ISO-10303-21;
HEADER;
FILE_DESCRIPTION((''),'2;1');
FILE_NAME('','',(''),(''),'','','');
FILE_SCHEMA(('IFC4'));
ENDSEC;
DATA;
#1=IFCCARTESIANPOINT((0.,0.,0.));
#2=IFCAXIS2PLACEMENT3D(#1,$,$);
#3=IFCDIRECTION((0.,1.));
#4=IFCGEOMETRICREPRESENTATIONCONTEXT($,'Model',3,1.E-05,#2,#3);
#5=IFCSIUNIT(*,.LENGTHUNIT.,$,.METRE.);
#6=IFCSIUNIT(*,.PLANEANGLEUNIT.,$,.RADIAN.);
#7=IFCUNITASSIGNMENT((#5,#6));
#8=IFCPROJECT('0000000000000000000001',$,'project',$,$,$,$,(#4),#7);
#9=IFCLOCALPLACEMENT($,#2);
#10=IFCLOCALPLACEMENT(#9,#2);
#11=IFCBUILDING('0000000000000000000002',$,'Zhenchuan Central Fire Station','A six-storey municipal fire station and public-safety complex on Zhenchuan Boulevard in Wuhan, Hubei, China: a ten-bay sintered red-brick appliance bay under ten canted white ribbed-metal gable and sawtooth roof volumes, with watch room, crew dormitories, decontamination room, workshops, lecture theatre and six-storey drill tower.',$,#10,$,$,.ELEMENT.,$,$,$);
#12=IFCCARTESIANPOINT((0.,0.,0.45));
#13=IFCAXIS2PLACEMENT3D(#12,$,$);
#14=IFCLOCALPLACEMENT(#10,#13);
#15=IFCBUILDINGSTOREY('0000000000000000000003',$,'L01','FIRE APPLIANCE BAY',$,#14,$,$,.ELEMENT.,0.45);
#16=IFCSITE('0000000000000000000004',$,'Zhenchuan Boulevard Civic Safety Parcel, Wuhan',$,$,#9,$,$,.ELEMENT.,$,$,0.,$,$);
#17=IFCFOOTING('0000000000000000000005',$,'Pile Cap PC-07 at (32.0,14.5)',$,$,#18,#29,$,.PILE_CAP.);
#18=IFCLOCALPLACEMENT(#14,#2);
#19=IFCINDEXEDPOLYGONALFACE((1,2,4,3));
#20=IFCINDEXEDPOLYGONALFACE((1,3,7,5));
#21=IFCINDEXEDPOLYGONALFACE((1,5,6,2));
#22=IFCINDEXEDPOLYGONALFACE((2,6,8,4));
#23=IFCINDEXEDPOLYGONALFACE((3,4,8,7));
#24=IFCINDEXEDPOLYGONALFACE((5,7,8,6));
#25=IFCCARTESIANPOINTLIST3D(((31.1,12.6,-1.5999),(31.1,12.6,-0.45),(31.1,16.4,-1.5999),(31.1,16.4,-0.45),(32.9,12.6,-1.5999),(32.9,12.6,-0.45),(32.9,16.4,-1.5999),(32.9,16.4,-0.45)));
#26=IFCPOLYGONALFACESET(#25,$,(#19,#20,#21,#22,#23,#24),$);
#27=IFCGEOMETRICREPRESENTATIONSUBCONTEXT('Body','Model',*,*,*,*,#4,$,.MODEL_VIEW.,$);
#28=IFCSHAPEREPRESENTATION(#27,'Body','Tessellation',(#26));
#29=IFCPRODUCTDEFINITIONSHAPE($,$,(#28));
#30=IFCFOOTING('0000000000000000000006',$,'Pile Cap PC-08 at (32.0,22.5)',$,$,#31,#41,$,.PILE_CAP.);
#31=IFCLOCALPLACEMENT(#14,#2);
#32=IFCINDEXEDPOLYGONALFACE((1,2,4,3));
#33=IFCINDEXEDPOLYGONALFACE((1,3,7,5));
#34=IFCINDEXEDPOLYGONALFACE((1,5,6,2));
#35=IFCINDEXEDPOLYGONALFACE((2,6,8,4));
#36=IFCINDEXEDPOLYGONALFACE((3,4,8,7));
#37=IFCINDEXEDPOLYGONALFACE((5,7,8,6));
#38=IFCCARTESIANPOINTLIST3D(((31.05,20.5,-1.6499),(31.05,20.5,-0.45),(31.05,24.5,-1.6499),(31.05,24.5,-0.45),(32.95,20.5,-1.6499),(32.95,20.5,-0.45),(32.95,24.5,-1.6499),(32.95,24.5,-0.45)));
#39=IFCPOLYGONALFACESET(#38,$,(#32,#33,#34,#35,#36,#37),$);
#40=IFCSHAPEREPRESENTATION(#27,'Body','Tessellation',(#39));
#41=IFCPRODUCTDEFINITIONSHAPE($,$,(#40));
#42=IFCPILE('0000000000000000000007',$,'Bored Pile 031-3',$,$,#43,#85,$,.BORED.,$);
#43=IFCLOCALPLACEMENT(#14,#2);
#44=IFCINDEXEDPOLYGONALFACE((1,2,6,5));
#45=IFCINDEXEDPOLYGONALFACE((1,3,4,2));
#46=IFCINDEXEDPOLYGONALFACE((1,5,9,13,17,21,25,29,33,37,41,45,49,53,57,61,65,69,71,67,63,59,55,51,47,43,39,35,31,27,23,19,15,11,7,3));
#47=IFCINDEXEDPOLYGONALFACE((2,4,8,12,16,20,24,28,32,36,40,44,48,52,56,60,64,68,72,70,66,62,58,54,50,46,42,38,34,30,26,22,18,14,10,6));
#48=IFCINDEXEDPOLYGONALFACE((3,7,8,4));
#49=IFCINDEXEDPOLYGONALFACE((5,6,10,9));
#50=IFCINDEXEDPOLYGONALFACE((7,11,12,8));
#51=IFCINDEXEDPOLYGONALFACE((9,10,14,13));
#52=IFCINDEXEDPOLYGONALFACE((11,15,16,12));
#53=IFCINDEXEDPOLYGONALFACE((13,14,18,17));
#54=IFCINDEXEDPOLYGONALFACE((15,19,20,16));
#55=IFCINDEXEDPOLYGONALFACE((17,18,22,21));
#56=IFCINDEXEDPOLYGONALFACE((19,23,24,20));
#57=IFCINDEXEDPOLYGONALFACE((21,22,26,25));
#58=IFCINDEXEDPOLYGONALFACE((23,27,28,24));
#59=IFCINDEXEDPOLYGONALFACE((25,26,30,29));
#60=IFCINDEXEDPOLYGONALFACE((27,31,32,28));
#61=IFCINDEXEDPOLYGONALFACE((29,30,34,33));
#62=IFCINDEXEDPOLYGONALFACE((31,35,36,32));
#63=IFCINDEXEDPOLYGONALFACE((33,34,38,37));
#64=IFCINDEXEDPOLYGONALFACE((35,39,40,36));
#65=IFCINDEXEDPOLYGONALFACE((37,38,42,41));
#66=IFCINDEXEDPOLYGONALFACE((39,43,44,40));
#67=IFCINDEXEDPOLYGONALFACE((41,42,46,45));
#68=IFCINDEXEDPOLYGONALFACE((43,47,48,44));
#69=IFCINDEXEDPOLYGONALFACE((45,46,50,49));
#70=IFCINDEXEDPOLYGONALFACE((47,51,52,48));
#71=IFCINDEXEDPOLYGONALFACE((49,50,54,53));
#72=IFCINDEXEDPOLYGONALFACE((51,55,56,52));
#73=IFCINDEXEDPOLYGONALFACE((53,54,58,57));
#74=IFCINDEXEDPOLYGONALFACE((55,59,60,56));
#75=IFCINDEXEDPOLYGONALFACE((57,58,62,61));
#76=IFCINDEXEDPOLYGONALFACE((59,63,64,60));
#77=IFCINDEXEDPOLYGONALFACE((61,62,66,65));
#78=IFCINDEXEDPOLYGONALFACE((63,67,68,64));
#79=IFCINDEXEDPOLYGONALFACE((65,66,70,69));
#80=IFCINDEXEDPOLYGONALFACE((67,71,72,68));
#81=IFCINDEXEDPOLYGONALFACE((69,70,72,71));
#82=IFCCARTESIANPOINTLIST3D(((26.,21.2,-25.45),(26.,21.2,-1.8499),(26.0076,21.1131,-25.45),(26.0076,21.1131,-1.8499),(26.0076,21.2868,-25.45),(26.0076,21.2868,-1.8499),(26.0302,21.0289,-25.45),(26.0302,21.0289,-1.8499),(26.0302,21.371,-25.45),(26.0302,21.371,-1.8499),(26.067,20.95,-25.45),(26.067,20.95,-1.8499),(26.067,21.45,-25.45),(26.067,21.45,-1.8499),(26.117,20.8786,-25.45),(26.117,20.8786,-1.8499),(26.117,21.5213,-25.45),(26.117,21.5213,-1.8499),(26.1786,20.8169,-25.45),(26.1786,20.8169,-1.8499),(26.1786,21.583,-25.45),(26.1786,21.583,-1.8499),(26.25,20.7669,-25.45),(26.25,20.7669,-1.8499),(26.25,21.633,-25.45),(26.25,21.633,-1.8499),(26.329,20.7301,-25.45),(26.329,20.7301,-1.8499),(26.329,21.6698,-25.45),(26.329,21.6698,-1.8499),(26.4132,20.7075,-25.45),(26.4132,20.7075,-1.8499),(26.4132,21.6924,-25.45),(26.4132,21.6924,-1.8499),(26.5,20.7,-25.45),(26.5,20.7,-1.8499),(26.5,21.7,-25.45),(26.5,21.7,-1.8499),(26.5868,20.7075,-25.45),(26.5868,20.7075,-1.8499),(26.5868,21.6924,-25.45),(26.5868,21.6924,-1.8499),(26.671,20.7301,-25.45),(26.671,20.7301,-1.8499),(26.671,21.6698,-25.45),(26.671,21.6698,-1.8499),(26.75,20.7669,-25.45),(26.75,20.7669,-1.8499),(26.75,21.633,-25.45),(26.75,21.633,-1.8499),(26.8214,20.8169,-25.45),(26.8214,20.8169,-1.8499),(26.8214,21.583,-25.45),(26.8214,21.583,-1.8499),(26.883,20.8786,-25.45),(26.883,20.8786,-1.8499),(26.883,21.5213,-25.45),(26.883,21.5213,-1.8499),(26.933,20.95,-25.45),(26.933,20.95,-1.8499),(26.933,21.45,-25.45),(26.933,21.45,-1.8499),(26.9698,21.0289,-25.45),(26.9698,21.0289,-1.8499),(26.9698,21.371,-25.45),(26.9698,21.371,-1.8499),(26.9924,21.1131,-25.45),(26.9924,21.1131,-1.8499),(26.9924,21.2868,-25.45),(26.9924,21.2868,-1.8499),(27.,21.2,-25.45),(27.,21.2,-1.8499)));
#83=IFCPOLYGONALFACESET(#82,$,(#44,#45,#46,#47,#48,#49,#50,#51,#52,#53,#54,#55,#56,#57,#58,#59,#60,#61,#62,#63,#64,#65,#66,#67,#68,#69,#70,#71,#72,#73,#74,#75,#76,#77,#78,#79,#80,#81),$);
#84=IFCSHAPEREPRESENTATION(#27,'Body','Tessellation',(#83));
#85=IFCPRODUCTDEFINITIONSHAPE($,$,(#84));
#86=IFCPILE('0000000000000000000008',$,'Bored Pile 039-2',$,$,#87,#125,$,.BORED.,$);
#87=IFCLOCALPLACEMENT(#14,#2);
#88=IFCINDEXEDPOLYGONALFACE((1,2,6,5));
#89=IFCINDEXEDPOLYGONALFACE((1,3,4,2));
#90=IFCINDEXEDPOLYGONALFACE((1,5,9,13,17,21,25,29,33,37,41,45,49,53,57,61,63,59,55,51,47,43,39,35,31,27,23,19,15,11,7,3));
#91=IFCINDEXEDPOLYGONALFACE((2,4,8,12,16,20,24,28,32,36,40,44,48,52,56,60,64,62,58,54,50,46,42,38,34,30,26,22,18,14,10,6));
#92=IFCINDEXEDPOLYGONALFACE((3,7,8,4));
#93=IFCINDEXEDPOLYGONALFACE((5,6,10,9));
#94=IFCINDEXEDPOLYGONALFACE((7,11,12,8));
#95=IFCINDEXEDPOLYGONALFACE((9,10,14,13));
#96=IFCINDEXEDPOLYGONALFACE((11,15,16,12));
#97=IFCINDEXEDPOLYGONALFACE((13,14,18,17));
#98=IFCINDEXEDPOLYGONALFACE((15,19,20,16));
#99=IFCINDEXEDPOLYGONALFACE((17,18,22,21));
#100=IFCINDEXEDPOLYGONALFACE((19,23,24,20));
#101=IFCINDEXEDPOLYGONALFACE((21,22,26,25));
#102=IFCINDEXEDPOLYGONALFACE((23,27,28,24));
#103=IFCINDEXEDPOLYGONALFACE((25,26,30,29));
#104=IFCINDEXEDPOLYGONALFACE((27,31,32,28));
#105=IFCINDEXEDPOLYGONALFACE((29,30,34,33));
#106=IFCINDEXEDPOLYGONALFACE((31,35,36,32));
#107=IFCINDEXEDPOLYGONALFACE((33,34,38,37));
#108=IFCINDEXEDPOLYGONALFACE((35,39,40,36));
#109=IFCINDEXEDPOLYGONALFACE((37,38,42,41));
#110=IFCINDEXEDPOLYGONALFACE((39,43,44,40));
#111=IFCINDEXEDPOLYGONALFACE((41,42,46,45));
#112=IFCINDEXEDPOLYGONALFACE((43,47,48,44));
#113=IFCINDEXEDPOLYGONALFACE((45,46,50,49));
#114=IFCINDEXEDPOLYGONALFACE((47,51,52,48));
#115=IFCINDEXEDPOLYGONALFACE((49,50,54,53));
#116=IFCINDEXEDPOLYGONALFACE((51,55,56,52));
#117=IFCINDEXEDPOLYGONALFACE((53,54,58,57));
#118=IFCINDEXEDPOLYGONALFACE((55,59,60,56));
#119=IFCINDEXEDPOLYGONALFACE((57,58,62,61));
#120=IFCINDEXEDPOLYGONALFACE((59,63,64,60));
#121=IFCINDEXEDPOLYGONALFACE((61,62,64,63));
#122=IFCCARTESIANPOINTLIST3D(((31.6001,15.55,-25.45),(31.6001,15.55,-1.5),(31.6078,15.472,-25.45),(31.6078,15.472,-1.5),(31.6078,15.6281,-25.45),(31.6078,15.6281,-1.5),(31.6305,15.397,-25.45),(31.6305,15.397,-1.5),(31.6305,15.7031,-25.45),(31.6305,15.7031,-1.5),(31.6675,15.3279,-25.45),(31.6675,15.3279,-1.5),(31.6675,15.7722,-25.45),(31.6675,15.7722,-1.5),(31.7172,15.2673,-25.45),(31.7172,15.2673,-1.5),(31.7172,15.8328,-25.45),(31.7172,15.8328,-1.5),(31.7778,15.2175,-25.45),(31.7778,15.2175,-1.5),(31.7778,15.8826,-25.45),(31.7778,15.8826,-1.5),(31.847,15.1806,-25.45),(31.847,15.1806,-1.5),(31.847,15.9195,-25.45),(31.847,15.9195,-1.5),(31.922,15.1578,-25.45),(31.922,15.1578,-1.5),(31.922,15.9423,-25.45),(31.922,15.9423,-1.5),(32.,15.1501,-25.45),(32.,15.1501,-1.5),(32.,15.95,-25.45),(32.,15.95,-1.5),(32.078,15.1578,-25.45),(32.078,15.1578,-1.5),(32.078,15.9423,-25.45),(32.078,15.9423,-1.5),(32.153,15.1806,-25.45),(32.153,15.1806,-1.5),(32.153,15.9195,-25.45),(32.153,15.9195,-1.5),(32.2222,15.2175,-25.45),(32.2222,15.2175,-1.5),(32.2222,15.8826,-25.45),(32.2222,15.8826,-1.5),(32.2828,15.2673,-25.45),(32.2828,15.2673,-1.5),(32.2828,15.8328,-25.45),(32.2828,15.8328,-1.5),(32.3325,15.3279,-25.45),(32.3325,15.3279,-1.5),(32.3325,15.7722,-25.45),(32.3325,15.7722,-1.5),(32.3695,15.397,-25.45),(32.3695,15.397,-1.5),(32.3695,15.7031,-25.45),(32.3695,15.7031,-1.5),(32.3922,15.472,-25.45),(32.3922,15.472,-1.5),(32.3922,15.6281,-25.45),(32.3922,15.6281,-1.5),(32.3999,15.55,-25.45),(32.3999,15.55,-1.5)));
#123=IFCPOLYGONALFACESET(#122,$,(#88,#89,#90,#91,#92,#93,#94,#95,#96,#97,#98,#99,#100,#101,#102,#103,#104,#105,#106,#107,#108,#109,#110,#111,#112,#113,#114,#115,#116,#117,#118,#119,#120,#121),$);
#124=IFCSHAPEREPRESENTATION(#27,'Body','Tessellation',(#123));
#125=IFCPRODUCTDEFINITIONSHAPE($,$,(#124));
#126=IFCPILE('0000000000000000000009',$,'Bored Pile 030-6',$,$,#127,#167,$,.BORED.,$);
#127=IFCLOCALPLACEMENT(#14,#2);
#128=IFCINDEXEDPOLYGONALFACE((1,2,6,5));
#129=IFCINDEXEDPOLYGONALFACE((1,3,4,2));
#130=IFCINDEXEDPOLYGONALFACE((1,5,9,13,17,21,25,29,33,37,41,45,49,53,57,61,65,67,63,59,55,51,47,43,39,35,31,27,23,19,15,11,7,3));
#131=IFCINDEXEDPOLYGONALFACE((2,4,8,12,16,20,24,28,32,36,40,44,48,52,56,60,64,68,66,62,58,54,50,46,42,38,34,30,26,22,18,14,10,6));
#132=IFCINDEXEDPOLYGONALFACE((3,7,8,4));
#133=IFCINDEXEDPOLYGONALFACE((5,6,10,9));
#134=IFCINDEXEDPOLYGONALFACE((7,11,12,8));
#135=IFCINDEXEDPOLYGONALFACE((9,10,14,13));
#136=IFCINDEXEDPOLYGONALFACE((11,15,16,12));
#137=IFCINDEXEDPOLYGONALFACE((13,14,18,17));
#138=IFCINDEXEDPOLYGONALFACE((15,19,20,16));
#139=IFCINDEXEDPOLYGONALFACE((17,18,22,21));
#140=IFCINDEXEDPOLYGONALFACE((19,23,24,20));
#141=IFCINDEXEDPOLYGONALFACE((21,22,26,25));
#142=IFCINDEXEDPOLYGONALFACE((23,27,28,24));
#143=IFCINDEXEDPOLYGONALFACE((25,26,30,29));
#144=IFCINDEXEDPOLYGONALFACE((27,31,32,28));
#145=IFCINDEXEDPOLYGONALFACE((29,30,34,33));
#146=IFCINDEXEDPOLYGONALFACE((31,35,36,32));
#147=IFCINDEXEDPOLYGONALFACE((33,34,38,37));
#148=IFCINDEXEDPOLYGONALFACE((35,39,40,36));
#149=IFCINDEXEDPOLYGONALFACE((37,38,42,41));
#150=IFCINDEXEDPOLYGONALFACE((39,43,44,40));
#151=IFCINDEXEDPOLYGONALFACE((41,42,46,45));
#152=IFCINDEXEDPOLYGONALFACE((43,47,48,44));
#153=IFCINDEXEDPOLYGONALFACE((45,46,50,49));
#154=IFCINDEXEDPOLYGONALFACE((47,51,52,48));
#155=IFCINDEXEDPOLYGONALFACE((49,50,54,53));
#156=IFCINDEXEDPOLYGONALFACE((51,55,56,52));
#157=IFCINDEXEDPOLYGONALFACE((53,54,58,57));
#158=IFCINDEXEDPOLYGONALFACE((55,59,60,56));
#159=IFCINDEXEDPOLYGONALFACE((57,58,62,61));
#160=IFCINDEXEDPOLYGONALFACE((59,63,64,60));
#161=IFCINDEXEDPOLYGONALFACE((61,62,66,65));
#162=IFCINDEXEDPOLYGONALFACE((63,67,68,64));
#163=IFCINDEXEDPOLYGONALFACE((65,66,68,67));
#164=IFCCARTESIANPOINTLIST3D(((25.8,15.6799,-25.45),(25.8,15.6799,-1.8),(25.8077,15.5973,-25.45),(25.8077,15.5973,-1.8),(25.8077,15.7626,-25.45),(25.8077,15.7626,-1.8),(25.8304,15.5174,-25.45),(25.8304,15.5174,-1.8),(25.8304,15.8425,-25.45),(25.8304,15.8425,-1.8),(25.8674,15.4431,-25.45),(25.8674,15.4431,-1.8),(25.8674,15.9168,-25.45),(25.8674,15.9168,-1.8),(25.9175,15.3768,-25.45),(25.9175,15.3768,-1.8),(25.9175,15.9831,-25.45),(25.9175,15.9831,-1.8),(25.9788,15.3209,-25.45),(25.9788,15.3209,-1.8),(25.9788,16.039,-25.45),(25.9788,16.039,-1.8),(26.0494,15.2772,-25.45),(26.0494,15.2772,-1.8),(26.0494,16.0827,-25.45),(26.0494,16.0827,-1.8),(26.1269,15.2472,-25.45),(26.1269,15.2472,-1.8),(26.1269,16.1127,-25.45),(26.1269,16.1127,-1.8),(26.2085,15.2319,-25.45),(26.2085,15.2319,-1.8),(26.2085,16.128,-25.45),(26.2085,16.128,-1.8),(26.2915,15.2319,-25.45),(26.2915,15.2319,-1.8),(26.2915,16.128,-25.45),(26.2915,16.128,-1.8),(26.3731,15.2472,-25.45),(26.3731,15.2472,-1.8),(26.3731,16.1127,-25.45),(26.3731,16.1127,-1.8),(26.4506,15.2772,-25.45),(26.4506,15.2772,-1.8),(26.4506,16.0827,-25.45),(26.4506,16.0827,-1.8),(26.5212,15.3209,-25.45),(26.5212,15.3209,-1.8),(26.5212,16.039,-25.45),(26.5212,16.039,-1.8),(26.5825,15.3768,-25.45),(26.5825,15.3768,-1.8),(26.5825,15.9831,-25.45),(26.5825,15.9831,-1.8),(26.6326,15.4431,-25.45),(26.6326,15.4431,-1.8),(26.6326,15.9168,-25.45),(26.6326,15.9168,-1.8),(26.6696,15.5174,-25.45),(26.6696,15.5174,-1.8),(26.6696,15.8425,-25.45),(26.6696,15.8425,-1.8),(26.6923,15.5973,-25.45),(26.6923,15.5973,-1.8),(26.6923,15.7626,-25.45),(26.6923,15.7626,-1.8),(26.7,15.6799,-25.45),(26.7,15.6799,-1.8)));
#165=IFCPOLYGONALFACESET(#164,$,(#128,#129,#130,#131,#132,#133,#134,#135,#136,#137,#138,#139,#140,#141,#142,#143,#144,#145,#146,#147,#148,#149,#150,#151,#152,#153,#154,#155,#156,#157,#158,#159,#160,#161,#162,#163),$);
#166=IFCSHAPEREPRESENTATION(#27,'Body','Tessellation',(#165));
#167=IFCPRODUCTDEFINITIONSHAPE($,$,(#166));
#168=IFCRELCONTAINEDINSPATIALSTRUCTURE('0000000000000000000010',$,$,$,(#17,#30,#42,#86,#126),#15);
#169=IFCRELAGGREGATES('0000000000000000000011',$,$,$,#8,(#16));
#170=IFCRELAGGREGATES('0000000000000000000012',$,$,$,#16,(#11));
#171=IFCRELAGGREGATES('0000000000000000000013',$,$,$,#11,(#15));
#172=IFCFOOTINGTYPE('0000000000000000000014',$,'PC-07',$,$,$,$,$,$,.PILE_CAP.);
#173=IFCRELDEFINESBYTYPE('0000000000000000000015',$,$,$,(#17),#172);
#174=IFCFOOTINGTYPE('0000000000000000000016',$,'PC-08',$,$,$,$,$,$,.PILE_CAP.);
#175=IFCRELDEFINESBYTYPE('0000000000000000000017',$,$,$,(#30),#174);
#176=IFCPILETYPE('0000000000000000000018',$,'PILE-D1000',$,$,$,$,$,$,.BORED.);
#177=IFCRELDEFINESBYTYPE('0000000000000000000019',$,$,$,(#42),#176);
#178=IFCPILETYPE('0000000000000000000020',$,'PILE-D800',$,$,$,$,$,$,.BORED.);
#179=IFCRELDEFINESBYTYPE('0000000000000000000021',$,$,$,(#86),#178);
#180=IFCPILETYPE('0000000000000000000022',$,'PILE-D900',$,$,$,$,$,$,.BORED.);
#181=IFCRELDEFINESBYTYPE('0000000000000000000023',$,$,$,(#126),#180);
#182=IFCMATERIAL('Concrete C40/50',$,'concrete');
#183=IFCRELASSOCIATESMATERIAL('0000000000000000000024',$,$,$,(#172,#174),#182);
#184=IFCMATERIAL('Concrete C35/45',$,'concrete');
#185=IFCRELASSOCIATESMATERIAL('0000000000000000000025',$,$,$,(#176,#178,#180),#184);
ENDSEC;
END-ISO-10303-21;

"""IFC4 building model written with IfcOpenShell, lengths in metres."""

from ifc_helpers import new_model, si_unit, direction, frame, origin, origin_2d, place, context, subcontext, project, spatial, rectangle, circle, extrude, material, material_profile, profile_set, type_object, element, save


model = new_model("IFC4")

# Units and contexts
model_context = context("Model", 3, precision=1e-05, world=origin(), true_north=direction((0.0, 1.0)))
body_context = subcontext(model_context, "Body", "Model", "MODEL_VIEW")
ifc_project = project(units=[si_unit("LENGTHUNIT", "METRE"), si_unit("PLANEANGLEUNIT", "RADIAN")], contexts=[model_context])

# Site, building, storey
site_placement = place(None, origin())
site = spatial("IfcSite", under=ifc_project, at=site_placement, Name="Zhenchuan Boulevard Civic Safety Parcel, Wuhan", CompositionType="ELEMENT", RefElevation=0.0)
building_placement = place(site_placement, origin())
building = spatial("IfcBuilding", under=site, at=building_placement, Name="Zhenchuan Central Fire Station", Description="A six-storey municipal fire station and public-safety complex on Zhenchuan Boulevard in Wuhan, Hubei, China: a ten-bay sintered red-brick appliance bay under ten canted white ribbed-metal gable and sawtooth roof volumes, with watch room, crew dormitories, decontamination room, workshops, lecture theatre and six-storey drill tower.", CompositionType="ELEMENT")
storey_placement = place(building_placement, frame((0.0, 0.0, 0.45)))
storey = spatial("IfcBuildingStorey", under=building, at=storey_placement, Name="L01", Description="FIRE APPLIANCE BAY", CompositionType="ELEMENT", Elevation=0.45)

# Footings
ifc_material_1 = material(Name="Concrete C40/50", Category="concrete")
footing_type_1 = type_object("IfcFootingType", Name="PC-07", PredefinedType="PILE_CAP", material=ifc_material_1)
footing_1_placement = place(storey_placement, frame((32.0, 14.5, -1.5999), z_axis=(0.0, 0.0, 1.0), x_axis=(1.0, 0.0, 0.0)))
element("IfcFooting", 1, at=footing_1_placement, inside=storey, type_object=footing_type_1, Name="Pile Cap PC-07 at (32.0,14.5)", PredefinedType="PILE_CAP", context=body_context, shape_type="SweptSolid", body=[
    extrude(rectangle(XDim=1.8, YDim=3.8, at=origin_2d()), origin(), (0.0, 0.0, 1.0), 1.1499),
])
footing_type_2 = type_object("IfcFootingType", Name="PC-08", PredefinedType="PILE_CAP", material=ifc_material_1)
footing_2_placement = place(storey_placement, frame((32.0, 22.5, -1.6499), z_axis=(0.0, 0.0, 1.0), x_axis=(1.0, 0.0, 0.0)))
element("IfcFooting", 2, at=footing_2_placement, inside=storey, type_object=footing_type_2, Name="Pile Cap PC-08 at (32.0,22.5)", PredefinedType="PILE_CAP", context=body_context, shape_type="SweptSolid", body=[
    extrude(rectangle(XDim=1.8999, YDim=4.0, at=origin_2d()), origin(), (0.0, 0.0, 1.0), 1.2),
])

# Piles
ifc_material_2 = material(Name="Concrete C35/45", Category="concrete")
ifc_material_profile_1 = material_profile(ifc_material_2, circle(Radius=0.5, at=origin_2d()), Name="PILE D1000")
ifc_profile_set_1 = profile_set([ifc_material_profile_1], Name="Concrete C35/45")
pile_type_1 = type_object("IfcPileType", Name="PILE-D1000", PredefinedType="BORED", material=ifc_profile_set_1)
pile_1_placement = place(storey_placement, frame((26.5, 21.2, -1.8499), z_axis=(0.0, 0.0, -1.0), x_axis=(1.0, 0.0, 0.0)))
element("IfcPile", 3, at=pile_1_placement, inside=storey, type_object=pile_type_1, Name="Bored Pile 031-3", PredefinedType="BORED", context=body_context, shape_type="SweptSolid", body=[
    extrude(circle(Radius=0.5, at=origin_2d()), origin(), (0.0, 0.0, 1.0), 23.6001),
])
ifc_material_profile_2 = material_profile(ifc_material_2, circle(Radius=0.3999, at=origin_2d()), Name="PILE D800")
ifc_profile_set_2 = profile_set([ifc_material_profile_2], Name="Concrete C35/45")
pile_type_2 = type_object("IfcPileType", Name="PILE-D800", PredefinedType="BORED", material=ifc_profile_set_2)
pile_2_placement = place(storey_placement, frame((32.0, 15.55, -1.5), z_axis=(0.0, 0.0, -1.0), x_axis=(1.0, 0.0, 0.0)))
element("IfcPile", 4, at=pile_2_placement, inside=storey, type_object=pile_type_2, Name="Bored Pile 039-2", PredefinedType="BORED", context=body_context, shape_type="SweptSolid", body=[
    extrude(circle(Radius=0.3999, at=origin_2d()), origin(), (0.0, 0.0, 1.0), 23.95),
])
ifc_material_profile_3 = material_profile(ifc_material_2, circle(Radius=0.45, at=origin_2d()), Name="PILE D900")
ifc_profile_set_3 = profile_set([ifc_material_profile_3], Name="Concrete C35/45")
pile_type_3 = type_object("IfcPileType", Name="PILE-D900", PredefinedType="BORED", material=ifc_profile_set_3)
pile_3_placement = place(storey_placement, frame((26.25, 15.6799, -1.8), z_axis=(0.0, 0.0, -1.0), x_axis=(1.0, 0.0, 0.0)))
element("IfcPile", 5, at=pile_3_placement, inside=storey, type_object=pile_type_3, Name="Bored Pile 030-6", PredefinedType="BORED", context=body_context, shape_type="SweptSolid", body=[
    extrude(circle(Radius=0.45, at=origin_2d()), origin(), (0.0, 0.0, 1.0), 23.6499),
])

save(model, "model.ifc")
